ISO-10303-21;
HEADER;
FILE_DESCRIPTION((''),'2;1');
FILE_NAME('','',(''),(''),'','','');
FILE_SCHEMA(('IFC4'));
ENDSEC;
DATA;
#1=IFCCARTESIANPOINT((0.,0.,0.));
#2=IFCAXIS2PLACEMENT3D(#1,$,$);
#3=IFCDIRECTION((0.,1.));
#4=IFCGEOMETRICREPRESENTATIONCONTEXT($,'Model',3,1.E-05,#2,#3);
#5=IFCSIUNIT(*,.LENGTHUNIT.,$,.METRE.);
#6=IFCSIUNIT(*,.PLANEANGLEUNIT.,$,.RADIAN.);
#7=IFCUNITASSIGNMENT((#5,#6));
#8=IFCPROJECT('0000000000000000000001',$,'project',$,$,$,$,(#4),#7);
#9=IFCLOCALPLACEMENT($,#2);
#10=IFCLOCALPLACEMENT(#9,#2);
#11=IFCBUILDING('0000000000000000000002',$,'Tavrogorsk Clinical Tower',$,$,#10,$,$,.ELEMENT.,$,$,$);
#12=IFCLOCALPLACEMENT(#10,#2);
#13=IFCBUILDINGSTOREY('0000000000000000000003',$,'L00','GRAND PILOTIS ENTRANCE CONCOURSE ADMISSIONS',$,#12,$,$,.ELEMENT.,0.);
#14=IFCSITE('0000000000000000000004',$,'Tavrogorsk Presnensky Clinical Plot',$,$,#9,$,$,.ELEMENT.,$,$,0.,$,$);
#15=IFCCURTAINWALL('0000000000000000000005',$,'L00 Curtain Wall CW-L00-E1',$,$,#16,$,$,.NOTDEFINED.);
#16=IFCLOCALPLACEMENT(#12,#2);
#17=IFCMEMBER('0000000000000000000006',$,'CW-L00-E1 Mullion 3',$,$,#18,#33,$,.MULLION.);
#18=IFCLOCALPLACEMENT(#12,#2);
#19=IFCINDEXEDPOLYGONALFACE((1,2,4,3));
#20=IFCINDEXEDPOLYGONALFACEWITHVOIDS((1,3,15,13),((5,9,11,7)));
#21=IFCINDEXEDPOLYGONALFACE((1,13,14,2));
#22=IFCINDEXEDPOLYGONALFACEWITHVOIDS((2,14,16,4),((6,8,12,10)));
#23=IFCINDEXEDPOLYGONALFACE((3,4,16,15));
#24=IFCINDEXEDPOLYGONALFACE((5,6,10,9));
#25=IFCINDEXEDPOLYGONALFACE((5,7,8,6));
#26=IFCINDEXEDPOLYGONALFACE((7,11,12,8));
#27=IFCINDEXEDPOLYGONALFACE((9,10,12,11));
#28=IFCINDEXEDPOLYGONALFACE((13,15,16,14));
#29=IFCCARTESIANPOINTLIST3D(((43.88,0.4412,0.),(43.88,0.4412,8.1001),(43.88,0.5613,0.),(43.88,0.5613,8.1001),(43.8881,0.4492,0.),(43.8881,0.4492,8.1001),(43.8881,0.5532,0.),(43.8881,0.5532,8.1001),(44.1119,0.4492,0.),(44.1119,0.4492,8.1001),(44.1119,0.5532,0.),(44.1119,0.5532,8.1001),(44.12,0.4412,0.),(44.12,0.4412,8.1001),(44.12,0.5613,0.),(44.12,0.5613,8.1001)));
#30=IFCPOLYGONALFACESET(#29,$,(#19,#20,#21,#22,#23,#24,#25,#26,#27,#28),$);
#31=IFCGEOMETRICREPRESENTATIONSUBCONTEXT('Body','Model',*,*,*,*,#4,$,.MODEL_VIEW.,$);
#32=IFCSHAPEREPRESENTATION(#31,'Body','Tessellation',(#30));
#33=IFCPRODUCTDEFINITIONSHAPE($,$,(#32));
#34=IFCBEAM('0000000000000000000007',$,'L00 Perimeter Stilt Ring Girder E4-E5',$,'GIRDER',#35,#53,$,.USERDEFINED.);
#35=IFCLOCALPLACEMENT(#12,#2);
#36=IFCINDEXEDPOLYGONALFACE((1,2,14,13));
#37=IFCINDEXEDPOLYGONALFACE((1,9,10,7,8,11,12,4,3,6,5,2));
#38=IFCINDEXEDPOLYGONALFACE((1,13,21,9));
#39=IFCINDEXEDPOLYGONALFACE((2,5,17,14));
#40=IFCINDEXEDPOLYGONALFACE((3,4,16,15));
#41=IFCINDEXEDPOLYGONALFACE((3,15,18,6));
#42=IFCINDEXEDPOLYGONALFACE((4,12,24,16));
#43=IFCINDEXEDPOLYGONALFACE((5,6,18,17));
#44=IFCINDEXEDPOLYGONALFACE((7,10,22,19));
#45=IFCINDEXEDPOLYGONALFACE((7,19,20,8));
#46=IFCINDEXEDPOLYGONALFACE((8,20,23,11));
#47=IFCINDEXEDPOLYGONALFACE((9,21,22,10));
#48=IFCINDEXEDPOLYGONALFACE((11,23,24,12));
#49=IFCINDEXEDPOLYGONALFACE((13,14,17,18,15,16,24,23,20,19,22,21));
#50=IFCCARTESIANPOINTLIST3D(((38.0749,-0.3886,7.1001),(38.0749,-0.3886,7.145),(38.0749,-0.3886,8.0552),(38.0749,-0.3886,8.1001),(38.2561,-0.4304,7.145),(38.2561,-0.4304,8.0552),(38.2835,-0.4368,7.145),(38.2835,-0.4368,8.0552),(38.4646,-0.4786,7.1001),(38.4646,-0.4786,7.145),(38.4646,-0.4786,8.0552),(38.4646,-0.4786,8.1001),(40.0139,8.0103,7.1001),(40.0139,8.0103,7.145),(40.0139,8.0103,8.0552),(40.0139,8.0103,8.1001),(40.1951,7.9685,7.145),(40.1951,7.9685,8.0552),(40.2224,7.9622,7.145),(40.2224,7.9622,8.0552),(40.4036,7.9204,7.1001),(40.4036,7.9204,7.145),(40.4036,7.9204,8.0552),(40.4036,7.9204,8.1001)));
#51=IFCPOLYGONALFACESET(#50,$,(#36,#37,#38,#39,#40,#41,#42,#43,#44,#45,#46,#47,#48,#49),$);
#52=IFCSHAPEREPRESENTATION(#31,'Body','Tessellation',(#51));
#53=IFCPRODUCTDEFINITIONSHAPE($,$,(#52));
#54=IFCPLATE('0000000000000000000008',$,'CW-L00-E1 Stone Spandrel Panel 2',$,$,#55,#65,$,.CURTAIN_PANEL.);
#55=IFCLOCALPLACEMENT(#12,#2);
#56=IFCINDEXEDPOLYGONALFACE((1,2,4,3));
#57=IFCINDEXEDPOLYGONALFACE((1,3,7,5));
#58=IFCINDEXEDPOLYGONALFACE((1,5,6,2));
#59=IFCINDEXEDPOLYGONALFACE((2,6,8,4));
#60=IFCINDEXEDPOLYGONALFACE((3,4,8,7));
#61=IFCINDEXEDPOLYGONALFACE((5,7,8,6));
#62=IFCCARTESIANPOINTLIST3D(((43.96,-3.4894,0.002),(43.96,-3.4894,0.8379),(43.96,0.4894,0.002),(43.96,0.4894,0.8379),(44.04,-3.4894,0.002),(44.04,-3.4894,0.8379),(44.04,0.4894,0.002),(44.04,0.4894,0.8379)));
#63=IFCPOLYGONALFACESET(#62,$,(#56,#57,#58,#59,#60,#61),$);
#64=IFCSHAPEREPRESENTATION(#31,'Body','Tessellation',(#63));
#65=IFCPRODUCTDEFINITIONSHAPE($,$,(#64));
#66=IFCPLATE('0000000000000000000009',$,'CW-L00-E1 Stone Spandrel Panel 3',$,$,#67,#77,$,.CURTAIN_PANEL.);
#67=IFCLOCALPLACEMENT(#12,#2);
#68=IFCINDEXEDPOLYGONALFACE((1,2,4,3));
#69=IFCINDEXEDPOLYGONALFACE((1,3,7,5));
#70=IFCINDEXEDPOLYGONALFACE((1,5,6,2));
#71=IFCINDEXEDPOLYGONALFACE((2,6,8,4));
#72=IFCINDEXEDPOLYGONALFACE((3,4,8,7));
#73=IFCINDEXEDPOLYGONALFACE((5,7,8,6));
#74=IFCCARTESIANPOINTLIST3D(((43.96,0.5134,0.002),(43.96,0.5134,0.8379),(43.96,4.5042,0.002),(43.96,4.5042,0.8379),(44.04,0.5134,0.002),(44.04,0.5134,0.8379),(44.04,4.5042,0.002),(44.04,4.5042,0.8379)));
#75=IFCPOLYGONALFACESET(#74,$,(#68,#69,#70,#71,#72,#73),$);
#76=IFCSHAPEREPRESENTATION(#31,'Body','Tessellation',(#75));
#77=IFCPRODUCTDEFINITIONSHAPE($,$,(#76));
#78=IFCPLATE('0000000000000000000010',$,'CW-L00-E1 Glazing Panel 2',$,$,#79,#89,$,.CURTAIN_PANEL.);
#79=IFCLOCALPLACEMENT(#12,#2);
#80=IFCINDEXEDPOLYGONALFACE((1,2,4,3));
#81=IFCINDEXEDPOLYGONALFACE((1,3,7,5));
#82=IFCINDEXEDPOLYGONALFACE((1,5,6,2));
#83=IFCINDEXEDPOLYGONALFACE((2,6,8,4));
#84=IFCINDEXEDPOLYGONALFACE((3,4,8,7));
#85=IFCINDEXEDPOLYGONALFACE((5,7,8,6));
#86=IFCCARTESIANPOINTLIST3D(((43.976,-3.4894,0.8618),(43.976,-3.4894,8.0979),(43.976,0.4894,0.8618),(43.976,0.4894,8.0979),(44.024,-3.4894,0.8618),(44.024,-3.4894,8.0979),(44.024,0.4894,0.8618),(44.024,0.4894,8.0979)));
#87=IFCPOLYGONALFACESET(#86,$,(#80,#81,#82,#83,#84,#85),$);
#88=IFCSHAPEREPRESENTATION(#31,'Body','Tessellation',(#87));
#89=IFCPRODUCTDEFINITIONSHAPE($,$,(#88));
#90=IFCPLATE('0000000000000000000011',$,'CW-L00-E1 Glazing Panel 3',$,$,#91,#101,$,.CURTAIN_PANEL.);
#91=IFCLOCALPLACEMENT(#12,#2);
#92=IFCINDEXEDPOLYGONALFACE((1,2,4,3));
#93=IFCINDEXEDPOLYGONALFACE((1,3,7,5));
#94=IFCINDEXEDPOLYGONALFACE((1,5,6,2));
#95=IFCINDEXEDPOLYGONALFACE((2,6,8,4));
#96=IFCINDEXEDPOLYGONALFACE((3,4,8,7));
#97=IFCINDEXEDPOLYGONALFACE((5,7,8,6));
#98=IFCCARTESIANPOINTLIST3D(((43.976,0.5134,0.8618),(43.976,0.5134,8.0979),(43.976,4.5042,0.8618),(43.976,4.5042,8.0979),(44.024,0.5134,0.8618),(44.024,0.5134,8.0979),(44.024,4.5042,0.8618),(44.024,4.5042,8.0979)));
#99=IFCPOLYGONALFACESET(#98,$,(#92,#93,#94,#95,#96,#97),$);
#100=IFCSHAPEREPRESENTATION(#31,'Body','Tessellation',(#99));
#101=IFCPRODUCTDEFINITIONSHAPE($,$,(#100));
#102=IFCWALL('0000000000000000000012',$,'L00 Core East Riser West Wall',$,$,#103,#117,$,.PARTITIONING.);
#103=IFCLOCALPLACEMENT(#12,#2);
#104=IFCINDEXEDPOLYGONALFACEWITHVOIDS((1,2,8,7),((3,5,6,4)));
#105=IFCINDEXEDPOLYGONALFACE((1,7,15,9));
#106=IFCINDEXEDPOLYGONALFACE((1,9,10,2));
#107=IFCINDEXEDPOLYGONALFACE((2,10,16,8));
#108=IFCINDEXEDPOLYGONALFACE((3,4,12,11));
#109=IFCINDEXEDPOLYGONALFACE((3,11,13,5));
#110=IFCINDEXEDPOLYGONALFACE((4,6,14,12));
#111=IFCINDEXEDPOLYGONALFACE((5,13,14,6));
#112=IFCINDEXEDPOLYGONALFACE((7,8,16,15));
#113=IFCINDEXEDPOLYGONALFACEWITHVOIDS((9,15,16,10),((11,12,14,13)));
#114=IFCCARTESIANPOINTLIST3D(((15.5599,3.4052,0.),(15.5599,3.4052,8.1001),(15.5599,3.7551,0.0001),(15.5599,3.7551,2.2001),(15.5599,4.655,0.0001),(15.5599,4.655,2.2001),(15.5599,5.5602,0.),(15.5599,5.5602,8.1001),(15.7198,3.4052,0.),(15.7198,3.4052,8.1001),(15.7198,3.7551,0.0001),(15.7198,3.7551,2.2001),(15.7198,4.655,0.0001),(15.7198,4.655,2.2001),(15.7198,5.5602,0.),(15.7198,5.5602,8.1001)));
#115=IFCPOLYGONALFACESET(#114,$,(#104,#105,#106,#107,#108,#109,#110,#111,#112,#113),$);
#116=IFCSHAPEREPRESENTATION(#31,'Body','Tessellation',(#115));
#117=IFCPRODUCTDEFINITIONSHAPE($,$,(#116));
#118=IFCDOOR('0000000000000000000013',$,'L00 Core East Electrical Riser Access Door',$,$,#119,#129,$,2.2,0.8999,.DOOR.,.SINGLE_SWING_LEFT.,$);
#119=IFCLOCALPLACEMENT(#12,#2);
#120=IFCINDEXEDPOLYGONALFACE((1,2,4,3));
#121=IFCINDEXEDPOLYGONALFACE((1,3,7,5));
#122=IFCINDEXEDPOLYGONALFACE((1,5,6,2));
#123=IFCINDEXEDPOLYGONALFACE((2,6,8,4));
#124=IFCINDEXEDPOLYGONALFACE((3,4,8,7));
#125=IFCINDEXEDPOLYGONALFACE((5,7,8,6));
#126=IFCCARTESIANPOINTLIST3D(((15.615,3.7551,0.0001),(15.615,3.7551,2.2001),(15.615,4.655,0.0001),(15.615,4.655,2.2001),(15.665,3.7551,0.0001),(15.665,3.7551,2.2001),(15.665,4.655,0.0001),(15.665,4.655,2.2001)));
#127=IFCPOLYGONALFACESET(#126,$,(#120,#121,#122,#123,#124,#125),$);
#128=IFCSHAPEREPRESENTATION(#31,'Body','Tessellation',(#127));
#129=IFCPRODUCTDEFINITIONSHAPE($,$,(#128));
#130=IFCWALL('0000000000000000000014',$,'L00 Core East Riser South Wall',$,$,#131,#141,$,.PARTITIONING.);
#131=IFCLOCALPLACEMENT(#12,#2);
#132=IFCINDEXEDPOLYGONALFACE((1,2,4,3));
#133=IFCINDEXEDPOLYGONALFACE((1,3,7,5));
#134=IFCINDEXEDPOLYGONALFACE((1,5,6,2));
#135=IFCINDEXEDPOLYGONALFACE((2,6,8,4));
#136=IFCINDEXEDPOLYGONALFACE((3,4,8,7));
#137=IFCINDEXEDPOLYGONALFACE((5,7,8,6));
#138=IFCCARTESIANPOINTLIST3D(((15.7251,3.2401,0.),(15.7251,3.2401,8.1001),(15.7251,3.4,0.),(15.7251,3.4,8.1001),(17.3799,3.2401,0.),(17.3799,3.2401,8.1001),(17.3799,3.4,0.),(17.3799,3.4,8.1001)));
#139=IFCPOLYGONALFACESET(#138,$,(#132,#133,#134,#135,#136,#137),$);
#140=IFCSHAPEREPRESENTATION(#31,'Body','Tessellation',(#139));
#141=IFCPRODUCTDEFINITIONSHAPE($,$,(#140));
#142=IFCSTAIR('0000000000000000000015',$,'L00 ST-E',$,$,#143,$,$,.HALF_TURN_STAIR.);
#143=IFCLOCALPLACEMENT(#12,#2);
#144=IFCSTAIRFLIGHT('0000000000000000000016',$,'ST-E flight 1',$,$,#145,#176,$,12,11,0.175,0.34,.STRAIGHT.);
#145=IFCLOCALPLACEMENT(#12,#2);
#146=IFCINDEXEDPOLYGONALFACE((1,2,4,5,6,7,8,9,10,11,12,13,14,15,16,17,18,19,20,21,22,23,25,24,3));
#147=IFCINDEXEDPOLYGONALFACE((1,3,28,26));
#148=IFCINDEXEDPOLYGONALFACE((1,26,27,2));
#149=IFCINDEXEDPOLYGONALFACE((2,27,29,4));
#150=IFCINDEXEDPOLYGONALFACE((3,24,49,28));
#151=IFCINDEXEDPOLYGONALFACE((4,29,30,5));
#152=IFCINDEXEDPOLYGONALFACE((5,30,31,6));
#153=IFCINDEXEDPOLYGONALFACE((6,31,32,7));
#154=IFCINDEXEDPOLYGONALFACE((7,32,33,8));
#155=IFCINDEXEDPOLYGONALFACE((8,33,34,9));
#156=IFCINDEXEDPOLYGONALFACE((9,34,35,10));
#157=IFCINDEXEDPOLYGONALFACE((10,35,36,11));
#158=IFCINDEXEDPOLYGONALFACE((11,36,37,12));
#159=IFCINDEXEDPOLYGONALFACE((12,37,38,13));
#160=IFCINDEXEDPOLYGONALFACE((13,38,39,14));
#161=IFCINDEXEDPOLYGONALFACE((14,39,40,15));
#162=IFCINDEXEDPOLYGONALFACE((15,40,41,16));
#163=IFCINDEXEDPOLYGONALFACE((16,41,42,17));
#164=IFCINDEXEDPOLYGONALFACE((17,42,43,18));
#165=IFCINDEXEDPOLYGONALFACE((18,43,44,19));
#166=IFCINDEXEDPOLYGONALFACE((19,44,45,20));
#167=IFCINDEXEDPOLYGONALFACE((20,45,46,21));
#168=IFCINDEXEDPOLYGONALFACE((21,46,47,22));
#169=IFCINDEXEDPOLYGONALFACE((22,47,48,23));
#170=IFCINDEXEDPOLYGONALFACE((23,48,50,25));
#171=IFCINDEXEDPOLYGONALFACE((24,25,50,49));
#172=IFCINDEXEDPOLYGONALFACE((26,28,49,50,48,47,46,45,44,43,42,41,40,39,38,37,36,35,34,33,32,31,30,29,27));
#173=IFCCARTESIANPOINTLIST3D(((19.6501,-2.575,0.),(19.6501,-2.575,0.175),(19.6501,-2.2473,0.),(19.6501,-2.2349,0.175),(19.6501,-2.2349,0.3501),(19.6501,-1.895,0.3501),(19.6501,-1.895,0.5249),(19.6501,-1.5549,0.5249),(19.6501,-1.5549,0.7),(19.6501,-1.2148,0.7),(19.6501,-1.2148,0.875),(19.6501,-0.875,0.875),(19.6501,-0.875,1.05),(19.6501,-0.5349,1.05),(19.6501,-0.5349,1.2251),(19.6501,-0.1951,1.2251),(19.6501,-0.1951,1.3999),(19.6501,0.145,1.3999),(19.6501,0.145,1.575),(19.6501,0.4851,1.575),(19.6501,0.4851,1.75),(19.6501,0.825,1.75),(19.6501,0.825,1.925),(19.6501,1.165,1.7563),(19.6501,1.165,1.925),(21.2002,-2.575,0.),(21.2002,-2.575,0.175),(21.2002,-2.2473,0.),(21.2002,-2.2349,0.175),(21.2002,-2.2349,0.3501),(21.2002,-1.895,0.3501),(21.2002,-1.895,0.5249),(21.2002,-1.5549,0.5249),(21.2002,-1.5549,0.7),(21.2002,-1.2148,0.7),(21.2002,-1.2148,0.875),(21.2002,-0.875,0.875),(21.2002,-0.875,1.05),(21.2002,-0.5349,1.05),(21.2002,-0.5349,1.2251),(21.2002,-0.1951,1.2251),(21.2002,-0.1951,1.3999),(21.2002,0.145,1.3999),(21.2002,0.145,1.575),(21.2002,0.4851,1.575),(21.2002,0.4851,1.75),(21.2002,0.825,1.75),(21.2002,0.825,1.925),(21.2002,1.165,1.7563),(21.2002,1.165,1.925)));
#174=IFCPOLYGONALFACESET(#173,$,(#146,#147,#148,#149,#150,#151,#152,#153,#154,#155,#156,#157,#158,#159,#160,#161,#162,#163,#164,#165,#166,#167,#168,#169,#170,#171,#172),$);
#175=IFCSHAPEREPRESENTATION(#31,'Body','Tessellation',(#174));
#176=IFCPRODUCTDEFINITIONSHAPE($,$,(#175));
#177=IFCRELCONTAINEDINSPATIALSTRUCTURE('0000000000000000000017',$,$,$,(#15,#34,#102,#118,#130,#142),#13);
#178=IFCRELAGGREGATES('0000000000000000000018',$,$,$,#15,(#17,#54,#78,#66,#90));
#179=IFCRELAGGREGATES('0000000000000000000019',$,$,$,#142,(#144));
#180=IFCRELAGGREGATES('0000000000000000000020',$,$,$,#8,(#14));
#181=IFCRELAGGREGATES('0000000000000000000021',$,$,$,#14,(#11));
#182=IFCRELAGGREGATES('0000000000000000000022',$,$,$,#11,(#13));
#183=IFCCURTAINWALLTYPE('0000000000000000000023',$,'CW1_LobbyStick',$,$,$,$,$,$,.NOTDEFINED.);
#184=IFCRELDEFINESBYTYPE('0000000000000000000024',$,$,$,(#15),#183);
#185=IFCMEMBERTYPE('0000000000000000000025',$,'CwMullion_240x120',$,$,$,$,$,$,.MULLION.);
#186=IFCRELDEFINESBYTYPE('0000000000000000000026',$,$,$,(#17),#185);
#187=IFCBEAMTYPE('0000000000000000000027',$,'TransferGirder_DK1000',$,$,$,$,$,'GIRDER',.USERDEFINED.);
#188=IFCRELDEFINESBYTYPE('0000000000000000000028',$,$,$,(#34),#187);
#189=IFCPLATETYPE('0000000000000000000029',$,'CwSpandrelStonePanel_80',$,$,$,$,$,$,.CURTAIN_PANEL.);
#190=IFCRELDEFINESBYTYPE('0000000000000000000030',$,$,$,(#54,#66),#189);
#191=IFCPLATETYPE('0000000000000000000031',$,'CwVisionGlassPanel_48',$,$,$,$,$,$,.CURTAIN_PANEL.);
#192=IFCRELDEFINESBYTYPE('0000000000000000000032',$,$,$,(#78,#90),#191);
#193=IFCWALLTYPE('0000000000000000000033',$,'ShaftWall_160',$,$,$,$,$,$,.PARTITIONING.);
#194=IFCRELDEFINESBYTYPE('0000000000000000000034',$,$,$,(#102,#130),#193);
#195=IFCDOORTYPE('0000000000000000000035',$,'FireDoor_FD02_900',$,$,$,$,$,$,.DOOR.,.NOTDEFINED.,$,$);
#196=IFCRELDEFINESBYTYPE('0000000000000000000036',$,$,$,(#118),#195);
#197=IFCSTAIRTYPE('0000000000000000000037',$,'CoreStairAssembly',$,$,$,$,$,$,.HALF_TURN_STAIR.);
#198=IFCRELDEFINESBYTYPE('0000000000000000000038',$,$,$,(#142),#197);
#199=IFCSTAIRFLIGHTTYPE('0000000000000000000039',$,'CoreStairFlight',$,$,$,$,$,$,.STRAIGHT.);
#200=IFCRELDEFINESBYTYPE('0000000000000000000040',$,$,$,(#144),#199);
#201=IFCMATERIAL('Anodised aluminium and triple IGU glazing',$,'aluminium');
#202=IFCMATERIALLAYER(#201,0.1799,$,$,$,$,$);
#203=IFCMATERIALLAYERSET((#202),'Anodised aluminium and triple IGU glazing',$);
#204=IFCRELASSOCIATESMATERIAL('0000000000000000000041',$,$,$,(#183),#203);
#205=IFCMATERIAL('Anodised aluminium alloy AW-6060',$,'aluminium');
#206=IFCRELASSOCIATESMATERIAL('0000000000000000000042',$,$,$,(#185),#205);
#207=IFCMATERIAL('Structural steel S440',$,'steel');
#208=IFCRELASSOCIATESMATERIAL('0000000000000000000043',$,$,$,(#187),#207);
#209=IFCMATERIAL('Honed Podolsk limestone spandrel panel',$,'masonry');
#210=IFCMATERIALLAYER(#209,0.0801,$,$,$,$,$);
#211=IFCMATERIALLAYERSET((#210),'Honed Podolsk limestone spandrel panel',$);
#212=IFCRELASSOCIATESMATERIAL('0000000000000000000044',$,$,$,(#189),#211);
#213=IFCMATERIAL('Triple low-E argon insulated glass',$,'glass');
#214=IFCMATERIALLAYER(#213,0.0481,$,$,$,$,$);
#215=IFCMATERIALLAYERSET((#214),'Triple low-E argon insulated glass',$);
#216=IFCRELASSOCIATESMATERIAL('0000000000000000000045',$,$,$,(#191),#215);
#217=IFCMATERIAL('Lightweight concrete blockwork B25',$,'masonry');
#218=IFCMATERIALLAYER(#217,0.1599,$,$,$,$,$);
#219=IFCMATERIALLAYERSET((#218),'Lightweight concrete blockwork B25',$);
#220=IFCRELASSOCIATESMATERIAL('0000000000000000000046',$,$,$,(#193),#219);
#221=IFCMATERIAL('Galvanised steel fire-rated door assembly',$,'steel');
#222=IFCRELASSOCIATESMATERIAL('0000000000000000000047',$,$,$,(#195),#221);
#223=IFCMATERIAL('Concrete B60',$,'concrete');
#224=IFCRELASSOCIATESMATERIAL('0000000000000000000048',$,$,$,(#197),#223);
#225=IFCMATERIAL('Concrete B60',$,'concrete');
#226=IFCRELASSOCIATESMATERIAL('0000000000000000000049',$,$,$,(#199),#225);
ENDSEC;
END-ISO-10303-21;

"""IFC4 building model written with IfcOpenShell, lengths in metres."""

from ifc_helpers import new_model, si_unit, direction, frame, frame_2d, origin, origin_2d, place, context, subcontext, project, spatial, polyline, rectangle, hollow_rectangle, i_section, outline, extrude, material, layer, layer_set, material_profile, profile_set, type_object, element, fill, aggregate, save


model = new_model("IFC4")

# Units and contexts
model_context = context("Model", 3, precision=1e-05, world=origin(), true_north=direction((0.0, 1.0)))
body_context = subcontext(model_context, "Body", "Model", "MODEL_VIEW")
ifc_project = project(units=[si_unit("LENGTHUNIT", "METRE"), si_unit("PLANEANGLEUNIT", "RADIAN")], contexts=[model_context])

# Site, building, storey
site_placement = place(None, origin())
site = spatial("IfcSite", under=ifc_project, at=site_placement, Name="Tavrogorsk Presnensky Clinical Plot", CompositionType="ELEMENT", RefElevation=0.0)
building_placement = place(site_placement, origin())
building = spatial("IfcBuilding", under=site, at=building_placement, Name="Tavrogorsk Clinical Tower", CompositionType="ELEMENT")
storey_placement = place(building_placement, origin())
storey = spatial("IfcBuildingStorey", under=building, at=storey_placement, Name="L00", Description="GRAND PILOTIS ENTRANCE CONCOURSE ADMISSIONS", CompositionType="ELEMENT", Elevation=0.0)

# Curtain wall, member
ifc_material_1 = material(Name="Anodised aluminium and triple IGU glazing", Category="aluminium")
ifc_layer_1 = layer(ifc_material_1, 0.1799)
ifc_layer_set_1 = layer_set([ifc_layer_1], Name="Anodised aluminium and triple IGU glazing")
curtain_wall_type = type_object("IfcCurtainWallType", Name="CW1_LobbyStick", PredefinedType="NOTDEFINED", material=ifc_layer_set_1)
curtain_wall_placement = place(storey_placement, origin())
curtain_wall = element("IfcCurtainWall", 1, at=curtain_wall_placement, inside=storey, type_object=curtain_wall_type, Name="L00 Curtain Wall CW-L00-E1", PredefinedType="NOTDEFINED")
ifc_material_2 = material(Name="Anodised aluminium alloy AW-6060", Category="aluminium")
ifc_material_profile_1 = material_profile(ifc_material_2, hollow_rectangle(XDim=0.1201, YDim=0.24, WallThickness=0.0081, at=origin_2d()), Name="RHS-240x120x8")
ifc_profile_set_1 = profile_set([ifc_material_profile_1], Name="Anodised aluminium alloy AW-6060")
member_type = type_object("IfcMemberType", Name="CwMullion_240x120", PredefinedType="MULLION", material=ifc_profile_set_1)
member_placement = place(storey_placement, frame((44.0, 0.5012, 0.0), z_axis=(0.0, 0.0, 1.0), x_axis=(0.0, 1.0, 0.0)))
member = element("IfcMember", 2, at=member_placement, type_object=member_type, Name="CW-L00-E1 Mullion 3", PredefinedType="MULLION", context=body_context, shape_type="SweptSolid", body=[
    extrude(hollow_rectangle(XDim=0.1201, YDim=0.24, WallThickness=0.0081, at=origin_2d()), origin(), (0.0, 0.0, 1.0), 8.1001),
])

# Beam
ifc_material_3 = material(Name="Structural steel S440", Category="steel")
ifc_material_profile_2 = material_profile(ifc_material_3, i_section(OverallWidth=0.3999, OverallDepth=1.0, WebThickness=0.0281, FlangeThickness=0.0449, at=origin_2d()), Name="DK-1000x400x28x45")
ifc_profile_set_2 = profile_set([ifc_material_profile_2], Name="Structural steel S440")
beam_type = type_object("IfcBeamType", Name="TransferGirder_DK1000", ElementType="GIRDER", PredefinedType="USERDEFINED", material=ifc_profile_set_2)
beam_placement = place(storey_placement, frame((38.2698, -0.4336, 7.6001), z_axis=(0.224942, 0.974372, 0.0), x_axis=(-0.974372, 0.224942, 0.0)))
element("IfcBeam", 3, at=beam_placement, inside=storey, type_object=beam_type, Name="L00 Perimeter Stilt Ring Girder E4-E5", ObjectType="GIRDER", PredefinedType="USERDEFINED", context=body_context, shape_type="SweptSolid", body=[
    extrude(i_section(OverallWidth=0.3999, OverallDepth=1.0, WebThickness=0.0281, FlangeThickness=0.0449, at=origin_2d()), origin(), (0.0, 0.0, 1.0), 8.6199),
])

# Plates
ifc_material_4 = material(Name="Honed Podolsk limestone spandrel panel", Category="masonry")
ifc_layer_2 = layer(ifc_material_4, 0.0801)
ifc_layer_set_2 = layer_set([ifc_layer_2], Name="Honed Podolsk limestone spandrel panel")
plate_type_1 = type_object("IfcPlateType", Name="CwSpandrelStonePanel_80", PredefinedType="CURTAIN_PANEL", material=ifc_layer_set_2)
plate_1_placement = place(storey_placement, frame((44.0, -1.5, 0.002), z_axis=(0.0, 0.0, 1.0), x_axis=(0.0, 1.0, 0.0)))
plate_1 = element("IfcPlate", 4, at=plate_1_placement, type_object=plate_type_1, Name="CW-L00-E1 Stone Spandrel Panel 2", PredefinedType="CURTAIN_PANEL", context=body_context, shape_type="SweptSolid", body=[
    extrude(rectangle(XDim=3.9788, YDim=0.0801, at=origin_2d()), origin(), (0.0, 0.0, 1.0), 0.8359),
])
plate_2_placement = place(storey_placement, frame((44.0, 2.5088, 0.002), z_axis=(0.0, 0.0, 1.0), x_axis=(0.0, 1.0, 0.0)))
plate_2 = element("IfcPlate", 5, at=plate_2_placement, type_object=plate_type_1, Name="CW-L00-E1 Stone Spandrel Panel 3", PredefinedType="CURTAIN_PANEL", context=body_context, shape_type="SweptSolid", body=[
    extrude(rectangle(XDim=3.9907, YDim=0.0801, at=origin_2d()), origin(), (0.0, 0.0, 1.0), 0.8359),
])
ifc_material_5 = material(Name="Triple low-E argon insulated glass", Category="glass")
ifc_layer_3 = layer(ifc_material_5, 0.0481)
ifc_layer_set_3 = layer_set([ifc_layer_3], Name="Triple low-E argon insulated glass")
plate_type_2 = type_object("IfcPlateType", Name="CwVisionGlassPanel_48", PredefinedType="CURTAIN_PANEL", material=ifc_layer_set_3)
plate_3_placement = place(storey_placement, frame((44.0, -1.5, 0.8618), z_axis=(0.0, 0.0, 1.0), x_axis=(0.0, 1.0, 0.0)))
plate_3 = element("IfcPlate", 6, at=plate_3_placement, type_object=plate_type_2, Name="CW-L00-E1 Glazing Panel 2", PredefinedType="CURTAIN_PANEL", context=body_context, shape_type="SweptSolid", body=[
    extrude(rectangle(XDim=3.9788, YDim=0.0481, at=origin_2d()), origin(), (0.0, 0.0, 1.0), 7.2361),
])
plate_4_placement = place(storey_placement, frame((44.0, 2.5088, 0.8618), z_axis=(0.0, 0.0, 1.0), x_axis=(0.0, 1.0, 0.0)))
plate_4 = element("IfcPlate", 7, at=plate_4_placement, type_object=plate_type_2, Name="CW-L00-E1 Glazing Panel 3", PredefinedType="CURTAIN_PANEL", context=body_context, shape_type="SweptSolid", body=[
    extrude(rectangle(XDim=3.9907, YDim=0.0481, at=origin_2d()), origin(), (0.0, 0.0, 1.0), 7.2361),
])
aggregate(curtain_wall, [member, plate_1, plate_3, plate_2, plate_4])

# Wall, opening, door
ifc_material_6 = material(Name="Lightweight concrete blockwork B25", Category="masonry")
ifc_layer_4 = layer(ifc_material_6, 0.1599)
ifc_layer_set_4 = layer_set([ifc_layer_4], Name="Lightweight concrete blockwork B25")
wall_type = type_object("IfcWallType", Name="ShaftWall_160", PredefinedType="PARTITIONING", material=ifc_layer_set_4)
wall_1_placement = place(storey_placement, frame((15.6399, 3.405, 0.0), z_axis=(0.0, 0.0, 1.0), x_axis=(0.0, 1.0, 0.0)))
wall_1 = element("IfcWall", 8, at=wall_1_placement, inside=storey, type_object=wall_type, Name="L00 Core East Riser West Wall", PredefinedType="PARTITIONING", context=body_context, shape_type="SweptSolid", body=[
    extrude(rectangle(XDim=2.155, YDim=0.1599, at=frame_2d((1.0776, 0.0))), origin(), (0.0, 0.0, 1.0), 8.1001),
])
opening_placement = place(wall_1_placement, frame((0.3501, 0.0, 0.0)))
opening = element("IfcOpeningElement", 9, at=opening_placement, cuts=wall_1, PredefinedType="OPENING", context=body_context, shape_type="SweptSolid", body=[
    extrude(rectangle(XDim=0.8999, YDim=2.2, at=frame_2d((0.45, 1.1001))), frame((0.0, 0.0898, 0.0), z_axis=(0.0, -1.0, 0.0), x_axis=(1.0, 0.0, 0.0)), (0.0, 0.0, 1.0), 0.1799),
])
ifc_material_7 = material(Name="Galvanised steel fire-rated door assembly", Category="steel")
door_type = type_object("IfcDoorType", Name="FireDoor_FD02_900", OperationType="NOTDEFINED", PredefinedType="DOOR", material=ifc_material_7)
door_placement = place(opening_placement, origin())
door = element("IfcDoor", 10, at=door_placement, inside=storey, type_object=door_type, Name="L00 Core East Electrical Riser Access Door", OperationType="SINGLE_SWING_LEFT", OverallHeight=2.2, OverallWidth=0.8999, PredefinedType="DOOR", context=body_context, shape_type="SweptSolid", body=[
    extrude(rectangle(XDim=0.8999, YDim=2.2, at=frame_2d((0.45, 1.1001))), frame((0.0, 0.0249, 0.0), z_axis=(0.0, -1.0, 0.0), x_axis=(1.0, 0.0, 0.0)), (0.0, 0.0, 1.0), 0.05),
])
fill(opening, door)

# Wall
wall_2_placement = place(storey_placement, frame((15.7251, 3.3201, 0.0), z_axis=(0.0, 0.0, 1.0), x_axis=(1.0, 0.0, 0.0)))
element("IfcWall", 11, at=wall_2_placement, inside=storey, type_object=wall_type, Name="L00 Core East Riser South Wall", PredefinedType="PARTITIONING", context=body_context, shape_type="SweptSolid", body=[
    extrude(rectangle(XDim=1.6548, YDim=0.1599, at=frame_2d((0.8274, 0.0))), origin(), (0.0, 0.0, 1.0), 8.1001),
])

# Stair, stair flight
ifc_material_8 = material(Name="Concrete B60", Category="concrete")
stair_type = type_object("IfcStairType", Name="CoreStairAssembly", PredefinedType="HALF_TURN_STAIR", material=ifc_material_8)
stair_placement = place(storey_placement, origin())
stair = element("IfcStair", 12, at=stair_placement, inside=storey, type_object=stair_type, Name="L00 ST-E", PredefinedType="HALF_TURN_STAIR")
ifc_material_9 = material(Name="Concrete B60", Category="concrete")
stair_flight_type = type_object("IfcStairFlightType", Name="CoreStairFlight", PredefinedType="STRAIGHT", material=ifc_material_9)
stair_flight_1_placement = place(storey_placement, frame((20.425, -2.575, 0.0), z_axis=(0.0, 0.0, 1.0), x_axis=(0.0, 1.0, 0.0)))
stair_flight_1 = element("IfcStairFlight", 13, at=stair_flight_1_placement, type_object=stair_flight_type, Name="ST-E flight 1", NumberOfRisers=12, NumberOfTreads=11, PredefinedType="STRAIGHT", RiserHeight=0.175, TreadLength=0.34, context=body_context, shape_type="SweptSolid", body=[
    extrude(outline(polyline([(0.0, 0.0), (0.0, 0.175), (0.3401, 0.175), (0.3401, 0.3501), (0.6799, 0.3501), (0.6799, 0.5249), (1.02, 0.5249), (1.02, 0.7), (1.3601, 0.7), (1.3601, 0.875), (1.7, 0.875), (1.7, 1.05), (2.04, 1.05), (2.04, 1.2251), (2.3799, 1.2251), (2.3799, 1.3999), (2.72, 1.3999), (2.72, 1.575), (3.0601, 1.575), (3.0601, 1.75), (3.3999, 1.75), (3.3999, 1.925), (3.74, 1.925), (3.74, 2.1001), (3.74, 1.7563), (0.3276, 0.0), (0.0, 0.0)])), frame((0.0, 0.7749, 0.0), z_axis=(0.0, -1.0, 0.0), x_axis=(1.0, 0.0, 0.0)), (0.0, 0.0, 1.0), 1.55),
])
aggregate(stair, [stair_flight_1])

save(model, "model.ifc")
